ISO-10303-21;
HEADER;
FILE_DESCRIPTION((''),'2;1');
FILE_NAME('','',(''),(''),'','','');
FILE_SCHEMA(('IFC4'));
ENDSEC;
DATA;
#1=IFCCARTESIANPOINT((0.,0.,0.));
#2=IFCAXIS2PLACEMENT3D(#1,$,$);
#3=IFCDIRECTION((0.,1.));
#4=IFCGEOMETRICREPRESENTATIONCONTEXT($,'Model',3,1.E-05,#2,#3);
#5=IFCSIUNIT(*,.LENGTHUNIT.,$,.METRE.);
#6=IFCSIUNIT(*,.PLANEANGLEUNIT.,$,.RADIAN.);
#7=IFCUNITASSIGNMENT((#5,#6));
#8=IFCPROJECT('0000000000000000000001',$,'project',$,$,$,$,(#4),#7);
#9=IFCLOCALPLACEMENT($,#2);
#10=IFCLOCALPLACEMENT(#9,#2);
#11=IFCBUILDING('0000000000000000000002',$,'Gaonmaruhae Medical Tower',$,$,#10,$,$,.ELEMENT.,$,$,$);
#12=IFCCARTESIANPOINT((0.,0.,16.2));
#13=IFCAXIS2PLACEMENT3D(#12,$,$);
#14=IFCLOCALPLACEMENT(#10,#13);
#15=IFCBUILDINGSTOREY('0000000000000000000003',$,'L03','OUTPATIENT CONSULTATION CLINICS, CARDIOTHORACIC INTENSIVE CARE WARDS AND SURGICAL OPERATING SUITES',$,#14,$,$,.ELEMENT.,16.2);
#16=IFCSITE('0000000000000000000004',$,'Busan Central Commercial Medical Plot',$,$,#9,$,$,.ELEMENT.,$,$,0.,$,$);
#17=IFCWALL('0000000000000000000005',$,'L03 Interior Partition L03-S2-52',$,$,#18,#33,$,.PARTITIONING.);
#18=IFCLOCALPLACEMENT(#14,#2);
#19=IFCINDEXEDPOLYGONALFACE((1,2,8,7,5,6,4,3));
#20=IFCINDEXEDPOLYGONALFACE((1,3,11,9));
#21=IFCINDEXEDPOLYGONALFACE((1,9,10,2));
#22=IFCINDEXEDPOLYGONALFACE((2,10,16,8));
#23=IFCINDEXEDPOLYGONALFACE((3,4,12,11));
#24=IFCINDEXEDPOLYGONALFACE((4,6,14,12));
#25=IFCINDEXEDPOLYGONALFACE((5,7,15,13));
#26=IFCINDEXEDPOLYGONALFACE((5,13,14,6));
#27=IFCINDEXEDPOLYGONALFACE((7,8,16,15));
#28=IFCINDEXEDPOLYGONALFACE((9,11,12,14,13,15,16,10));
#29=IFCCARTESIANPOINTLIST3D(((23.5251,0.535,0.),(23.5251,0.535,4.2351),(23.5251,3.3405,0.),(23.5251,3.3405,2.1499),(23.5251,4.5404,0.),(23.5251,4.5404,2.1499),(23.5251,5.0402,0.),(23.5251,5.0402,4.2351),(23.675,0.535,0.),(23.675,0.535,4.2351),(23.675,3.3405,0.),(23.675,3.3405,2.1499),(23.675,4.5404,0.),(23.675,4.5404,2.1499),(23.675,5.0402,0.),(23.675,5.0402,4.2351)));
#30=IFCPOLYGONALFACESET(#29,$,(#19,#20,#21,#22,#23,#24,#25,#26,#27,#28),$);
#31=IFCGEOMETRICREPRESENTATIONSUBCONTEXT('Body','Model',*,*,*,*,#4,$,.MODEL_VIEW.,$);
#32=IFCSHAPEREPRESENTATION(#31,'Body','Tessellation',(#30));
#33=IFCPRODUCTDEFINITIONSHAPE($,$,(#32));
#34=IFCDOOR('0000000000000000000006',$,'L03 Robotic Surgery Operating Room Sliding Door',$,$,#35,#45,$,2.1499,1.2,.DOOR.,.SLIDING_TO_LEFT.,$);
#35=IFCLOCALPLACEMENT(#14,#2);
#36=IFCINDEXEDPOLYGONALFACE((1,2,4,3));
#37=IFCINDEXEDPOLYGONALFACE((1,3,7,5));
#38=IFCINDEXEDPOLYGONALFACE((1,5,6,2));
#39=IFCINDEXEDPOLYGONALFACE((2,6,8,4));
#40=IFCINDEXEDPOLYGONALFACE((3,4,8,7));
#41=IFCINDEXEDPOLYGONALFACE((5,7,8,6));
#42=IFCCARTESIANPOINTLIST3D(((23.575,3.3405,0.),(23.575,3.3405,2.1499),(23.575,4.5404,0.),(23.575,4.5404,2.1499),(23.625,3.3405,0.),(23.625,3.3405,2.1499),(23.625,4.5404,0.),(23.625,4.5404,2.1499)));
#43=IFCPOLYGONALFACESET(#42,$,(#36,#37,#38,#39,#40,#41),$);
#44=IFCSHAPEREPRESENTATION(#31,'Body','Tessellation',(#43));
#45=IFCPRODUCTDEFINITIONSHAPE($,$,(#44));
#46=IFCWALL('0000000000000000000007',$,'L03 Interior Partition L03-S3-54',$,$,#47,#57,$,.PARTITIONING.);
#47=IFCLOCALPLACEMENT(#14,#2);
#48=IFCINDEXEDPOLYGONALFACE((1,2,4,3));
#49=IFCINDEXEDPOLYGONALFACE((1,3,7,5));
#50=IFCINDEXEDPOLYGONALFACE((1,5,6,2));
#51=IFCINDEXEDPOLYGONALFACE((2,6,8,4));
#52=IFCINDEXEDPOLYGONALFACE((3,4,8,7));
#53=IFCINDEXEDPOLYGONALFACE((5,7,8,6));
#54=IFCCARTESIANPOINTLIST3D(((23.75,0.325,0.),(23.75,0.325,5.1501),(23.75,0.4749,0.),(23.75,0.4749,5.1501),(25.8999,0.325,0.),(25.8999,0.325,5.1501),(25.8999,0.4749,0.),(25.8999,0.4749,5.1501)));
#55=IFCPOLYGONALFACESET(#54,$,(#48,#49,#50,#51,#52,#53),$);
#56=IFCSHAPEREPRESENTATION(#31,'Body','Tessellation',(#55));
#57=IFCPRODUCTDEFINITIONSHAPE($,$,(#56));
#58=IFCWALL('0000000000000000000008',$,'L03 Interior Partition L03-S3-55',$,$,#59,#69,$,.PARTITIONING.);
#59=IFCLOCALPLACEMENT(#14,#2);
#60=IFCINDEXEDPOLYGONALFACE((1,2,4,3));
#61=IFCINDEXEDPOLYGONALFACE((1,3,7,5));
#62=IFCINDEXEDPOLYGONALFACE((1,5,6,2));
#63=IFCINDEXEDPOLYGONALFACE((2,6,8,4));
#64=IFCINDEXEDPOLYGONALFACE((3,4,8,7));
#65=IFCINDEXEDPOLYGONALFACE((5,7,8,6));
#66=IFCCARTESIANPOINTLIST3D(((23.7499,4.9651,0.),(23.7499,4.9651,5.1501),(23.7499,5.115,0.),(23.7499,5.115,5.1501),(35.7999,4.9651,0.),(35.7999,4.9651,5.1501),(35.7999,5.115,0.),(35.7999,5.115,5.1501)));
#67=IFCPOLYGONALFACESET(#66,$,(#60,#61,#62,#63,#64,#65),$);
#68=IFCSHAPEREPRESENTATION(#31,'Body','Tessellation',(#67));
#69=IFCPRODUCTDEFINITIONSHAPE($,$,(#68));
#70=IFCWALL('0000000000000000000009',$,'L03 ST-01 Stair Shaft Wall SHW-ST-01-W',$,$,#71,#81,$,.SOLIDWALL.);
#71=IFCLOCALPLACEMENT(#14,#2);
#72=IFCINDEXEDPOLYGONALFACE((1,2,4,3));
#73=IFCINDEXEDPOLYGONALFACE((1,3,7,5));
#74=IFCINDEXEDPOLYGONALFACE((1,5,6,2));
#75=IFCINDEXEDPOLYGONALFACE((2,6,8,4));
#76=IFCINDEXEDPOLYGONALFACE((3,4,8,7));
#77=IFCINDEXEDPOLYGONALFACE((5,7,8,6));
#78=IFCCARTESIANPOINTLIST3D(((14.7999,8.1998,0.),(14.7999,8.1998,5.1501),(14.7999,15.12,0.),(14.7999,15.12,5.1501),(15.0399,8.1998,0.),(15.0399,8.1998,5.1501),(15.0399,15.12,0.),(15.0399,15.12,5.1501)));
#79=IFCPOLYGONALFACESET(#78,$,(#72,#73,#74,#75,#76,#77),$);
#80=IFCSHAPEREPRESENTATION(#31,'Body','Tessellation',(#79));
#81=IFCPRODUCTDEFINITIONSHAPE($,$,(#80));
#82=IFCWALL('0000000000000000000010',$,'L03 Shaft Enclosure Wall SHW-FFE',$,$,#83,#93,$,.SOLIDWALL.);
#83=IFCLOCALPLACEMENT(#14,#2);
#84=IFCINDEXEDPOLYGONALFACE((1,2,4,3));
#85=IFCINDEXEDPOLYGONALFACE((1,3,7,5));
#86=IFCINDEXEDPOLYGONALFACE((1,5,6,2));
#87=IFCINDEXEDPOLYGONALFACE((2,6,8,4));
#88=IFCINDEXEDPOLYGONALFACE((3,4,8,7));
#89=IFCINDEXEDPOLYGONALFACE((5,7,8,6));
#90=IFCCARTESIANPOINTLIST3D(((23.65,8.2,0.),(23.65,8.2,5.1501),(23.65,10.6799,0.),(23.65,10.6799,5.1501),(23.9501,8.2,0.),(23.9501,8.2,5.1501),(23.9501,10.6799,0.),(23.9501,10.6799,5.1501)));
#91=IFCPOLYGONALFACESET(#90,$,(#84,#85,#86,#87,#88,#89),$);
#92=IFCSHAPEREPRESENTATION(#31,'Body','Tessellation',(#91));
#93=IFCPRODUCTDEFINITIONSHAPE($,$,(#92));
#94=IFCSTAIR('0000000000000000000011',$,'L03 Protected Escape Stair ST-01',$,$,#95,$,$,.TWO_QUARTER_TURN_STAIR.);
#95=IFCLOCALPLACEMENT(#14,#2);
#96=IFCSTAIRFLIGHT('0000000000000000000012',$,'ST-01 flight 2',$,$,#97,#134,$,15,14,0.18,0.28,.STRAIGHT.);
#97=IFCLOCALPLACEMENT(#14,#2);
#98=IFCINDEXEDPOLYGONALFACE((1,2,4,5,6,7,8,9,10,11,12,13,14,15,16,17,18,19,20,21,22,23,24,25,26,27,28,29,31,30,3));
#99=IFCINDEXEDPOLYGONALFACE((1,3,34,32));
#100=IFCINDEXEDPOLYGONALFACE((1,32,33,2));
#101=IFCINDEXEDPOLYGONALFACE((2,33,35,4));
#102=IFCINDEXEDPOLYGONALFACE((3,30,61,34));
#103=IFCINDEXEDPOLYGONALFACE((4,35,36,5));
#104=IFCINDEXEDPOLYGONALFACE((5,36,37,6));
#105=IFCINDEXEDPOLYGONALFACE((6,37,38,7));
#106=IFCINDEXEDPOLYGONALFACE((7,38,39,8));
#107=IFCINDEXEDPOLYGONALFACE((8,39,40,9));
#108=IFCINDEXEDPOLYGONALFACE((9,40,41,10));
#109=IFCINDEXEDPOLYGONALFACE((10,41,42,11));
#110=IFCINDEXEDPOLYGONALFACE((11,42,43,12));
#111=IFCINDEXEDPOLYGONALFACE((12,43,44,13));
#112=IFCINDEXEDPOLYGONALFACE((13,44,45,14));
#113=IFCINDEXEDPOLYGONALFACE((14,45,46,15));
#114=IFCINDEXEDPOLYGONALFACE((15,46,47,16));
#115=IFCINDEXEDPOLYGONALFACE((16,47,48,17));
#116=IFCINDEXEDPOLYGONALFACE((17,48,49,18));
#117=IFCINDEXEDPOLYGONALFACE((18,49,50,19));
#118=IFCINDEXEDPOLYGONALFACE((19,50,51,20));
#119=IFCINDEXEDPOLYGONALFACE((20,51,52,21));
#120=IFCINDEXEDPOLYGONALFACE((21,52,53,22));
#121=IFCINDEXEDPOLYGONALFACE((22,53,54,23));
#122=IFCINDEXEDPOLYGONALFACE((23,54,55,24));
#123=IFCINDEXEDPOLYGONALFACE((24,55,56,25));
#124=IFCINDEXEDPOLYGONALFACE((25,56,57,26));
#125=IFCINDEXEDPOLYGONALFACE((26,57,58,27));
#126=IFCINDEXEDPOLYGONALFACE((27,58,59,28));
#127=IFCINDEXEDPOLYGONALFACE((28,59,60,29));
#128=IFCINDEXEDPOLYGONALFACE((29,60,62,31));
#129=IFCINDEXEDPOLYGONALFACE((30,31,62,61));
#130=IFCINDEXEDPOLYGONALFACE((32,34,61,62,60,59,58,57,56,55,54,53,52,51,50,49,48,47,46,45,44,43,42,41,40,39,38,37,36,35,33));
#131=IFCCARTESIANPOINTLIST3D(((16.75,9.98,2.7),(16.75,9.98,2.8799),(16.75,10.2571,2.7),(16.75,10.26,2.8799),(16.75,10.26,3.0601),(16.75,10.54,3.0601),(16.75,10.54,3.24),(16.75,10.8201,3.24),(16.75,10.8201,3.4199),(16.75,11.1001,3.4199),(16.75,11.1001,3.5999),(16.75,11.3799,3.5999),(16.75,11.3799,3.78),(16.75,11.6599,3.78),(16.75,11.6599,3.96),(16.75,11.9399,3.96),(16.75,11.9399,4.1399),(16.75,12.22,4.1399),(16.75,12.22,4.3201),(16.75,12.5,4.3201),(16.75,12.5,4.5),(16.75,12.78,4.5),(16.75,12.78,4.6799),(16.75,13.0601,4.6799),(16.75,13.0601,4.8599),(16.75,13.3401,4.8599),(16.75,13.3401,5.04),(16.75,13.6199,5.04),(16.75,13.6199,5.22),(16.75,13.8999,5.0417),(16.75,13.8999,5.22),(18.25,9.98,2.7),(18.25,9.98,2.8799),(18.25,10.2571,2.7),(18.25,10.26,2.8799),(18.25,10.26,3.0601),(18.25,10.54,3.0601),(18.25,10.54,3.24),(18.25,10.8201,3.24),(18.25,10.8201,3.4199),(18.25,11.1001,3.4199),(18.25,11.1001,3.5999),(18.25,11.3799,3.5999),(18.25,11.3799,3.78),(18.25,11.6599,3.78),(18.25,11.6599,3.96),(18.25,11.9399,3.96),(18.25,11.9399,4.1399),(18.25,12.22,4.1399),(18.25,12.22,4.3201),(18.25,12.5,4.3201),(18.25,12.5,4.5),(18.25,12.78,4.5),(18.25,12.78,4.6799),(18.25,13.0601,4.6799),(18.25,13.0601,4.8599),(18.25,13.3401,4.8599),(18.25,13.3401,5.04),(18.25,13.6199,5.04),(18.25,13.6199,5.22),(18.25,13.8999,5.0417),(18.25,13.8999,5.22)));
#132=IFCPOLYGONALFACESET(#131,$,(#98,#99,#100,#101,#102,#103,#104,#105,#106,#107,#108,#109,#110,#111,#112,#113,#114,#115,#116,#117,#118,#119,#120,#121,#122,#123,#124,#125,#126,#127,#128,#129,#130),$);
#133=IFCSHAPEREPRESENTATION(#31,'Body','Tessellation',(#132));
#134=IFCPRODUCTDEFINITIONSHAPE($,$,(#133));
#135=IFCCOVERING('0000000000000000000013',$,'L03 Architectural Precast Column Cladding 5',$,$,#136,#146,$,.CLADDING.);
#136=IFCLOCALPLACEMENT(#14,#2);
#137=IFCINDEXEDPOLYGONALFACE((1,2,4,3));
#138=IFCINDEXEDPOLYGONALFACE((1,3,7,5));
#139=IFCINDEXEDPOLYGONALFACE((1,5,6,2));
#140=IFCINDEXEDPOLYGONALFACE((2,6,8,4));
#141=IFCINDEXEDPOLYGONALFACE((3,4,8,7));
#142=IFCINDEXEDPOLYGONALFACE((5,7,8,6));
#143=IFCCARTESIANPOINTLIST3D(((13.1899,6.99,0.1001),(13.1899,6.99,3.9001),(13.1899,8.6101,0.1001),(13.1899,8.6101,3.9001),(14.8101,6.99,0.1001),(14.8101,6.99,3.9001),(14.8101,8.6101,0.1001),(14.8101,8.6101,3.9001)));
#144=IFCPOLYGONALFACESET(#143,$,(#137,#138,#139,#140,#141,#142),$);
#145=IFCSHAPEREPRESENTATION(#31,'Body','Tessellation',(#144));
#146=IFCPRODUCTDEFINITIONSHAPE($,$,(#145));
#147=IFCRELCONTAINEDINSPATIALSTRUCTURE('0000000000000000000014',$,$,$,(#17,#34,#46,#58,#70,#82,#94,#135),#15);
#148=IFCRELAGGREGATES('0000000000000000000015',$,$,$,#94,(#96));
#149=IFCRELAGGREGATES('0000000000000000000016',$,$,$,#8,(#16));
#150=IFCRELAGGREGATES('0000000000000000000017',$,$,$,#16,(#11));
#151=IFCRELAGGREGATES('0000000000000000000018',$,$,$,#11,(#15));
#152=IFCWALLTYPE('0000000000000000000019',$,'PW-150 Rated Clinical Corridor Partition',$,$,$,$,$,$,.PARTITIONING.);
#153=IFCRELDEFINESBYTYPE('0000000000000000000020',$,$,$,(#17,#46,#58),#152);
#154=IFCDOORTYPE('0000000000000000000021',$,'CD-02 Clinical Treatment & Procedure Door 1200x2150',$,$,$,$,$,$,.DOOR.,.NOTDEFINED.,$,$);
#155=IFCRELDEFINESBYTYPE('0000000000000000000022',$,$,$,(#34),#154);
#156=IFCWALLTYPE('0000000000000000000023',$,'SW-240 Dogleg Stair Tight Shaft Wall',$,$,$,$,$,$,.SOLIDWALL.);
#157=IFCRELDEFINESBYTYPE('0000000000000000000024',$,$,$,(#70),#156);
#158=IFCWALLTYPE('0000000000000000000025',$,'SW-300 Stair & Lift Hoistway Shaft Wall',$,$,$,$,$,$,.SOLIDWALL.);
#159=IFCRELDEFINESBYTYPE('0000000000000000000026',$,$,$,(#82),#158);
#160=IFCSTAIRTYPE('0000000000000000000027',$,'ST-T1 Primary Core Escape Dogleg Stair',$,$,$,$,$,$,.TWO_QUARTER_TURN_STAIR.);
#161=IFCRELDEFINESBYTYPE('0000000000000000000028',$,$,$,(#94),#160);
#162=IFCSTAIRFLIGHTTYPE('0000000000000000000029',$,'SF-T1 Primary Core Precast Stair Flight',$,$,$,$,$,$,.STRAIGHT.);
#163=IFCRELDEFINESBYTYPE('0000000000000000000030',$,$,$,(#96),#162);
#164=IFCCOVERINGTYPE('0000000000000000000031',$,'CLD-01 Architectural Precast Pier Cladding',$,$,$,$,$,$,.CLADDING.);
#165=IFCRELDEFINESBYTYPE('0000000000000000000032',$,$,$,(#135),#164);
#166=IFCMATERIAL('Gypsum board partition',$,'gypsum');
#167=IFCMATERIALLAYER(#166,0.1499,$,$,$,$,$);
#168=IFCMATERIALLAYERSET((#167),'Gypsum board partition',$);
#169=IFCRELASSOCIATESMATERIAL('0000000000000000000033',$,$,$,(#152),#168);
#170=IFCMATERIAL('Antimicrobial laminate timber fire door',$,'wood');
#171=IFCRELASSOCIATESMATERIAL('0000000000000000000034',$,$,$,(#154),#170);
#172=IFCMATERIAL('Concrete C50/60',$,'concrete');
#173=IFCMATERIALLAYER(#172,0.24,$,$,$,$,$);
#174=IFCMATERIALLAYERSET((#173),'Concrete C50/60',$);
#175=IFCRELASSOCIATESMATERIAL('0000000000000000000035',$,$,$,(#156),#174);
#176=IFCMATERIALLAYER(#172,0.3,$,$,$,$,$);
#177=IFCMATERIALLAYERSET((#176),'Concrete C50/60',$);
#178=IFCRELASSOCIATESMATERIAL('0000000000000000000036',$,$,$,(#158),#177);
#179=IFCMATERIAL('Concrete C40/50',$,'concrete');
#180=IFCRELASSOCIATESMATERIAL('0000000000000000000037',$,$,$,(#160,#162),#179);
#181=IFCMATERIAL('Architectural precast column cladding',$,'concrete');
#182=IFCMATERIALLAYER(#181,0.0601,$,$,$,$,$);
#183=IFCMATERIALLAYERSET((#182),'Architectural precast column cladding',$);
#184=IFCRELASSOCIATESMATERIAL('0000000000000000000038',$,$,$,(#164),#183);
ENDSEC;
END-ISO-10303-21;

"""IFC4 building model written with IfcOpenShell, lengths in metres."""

from ifc_helpers import new_model, si_unit, direction, frame, frame_2d, origin, origin_2d, place, context, subcontext, project, spatial, polyline, rectangle, outline, extrude, material, layer, layer_set, type_object, element, fill, aggregate, save


model = new_model("IFC4")

# Units and contexts
model_context = context("Model", 3, precision=1e-05, world=origin(), true_north=direction((0.0, 1.0)))
body_context = subcontext(model_context, "Body", "Model", "MODEL_VIEW")
ifc_project = project(units=[si_unit("LENGTHUNIT", "METRE"), si_unit("PLANEANGLEUNIT", "RADIAN")], contexts=[model_context])

# Site, building, storey
site_placement = place(None, origin())
site = spatial("IfcSite", under=ifc_project, at=site_placement, Name="Busan Central Commercial Medical Plot", CompositionType="ELEMENT", RefElevation=0.0)
building_placement = place(site_placement, origin())
building = spatial("IfcBuilding", under=site, at=building_placement, Name="Gaonmaruhae Medical Tower", CompositionType="ELEMENT")
storey_placement = place(building_placement, frame((0.0, 0.0, 16.2)))
storey = spatial("IfcBuildingStorey", under=building, at=storey_placement, Name="L03", Description="OUTPATIENT CONSULTATION CLINICS, CARDIOTHORACIC INTENSIVE CARE WARDS AND SURGICAL OPERATING SUITES", CompositionType="ELEMENT", Elevation=16.2)

# Shared definitions
ifc_material_1 = material(Name="Concrete C50/60", Category="concrete")

# Shared definitions
ifc_material_2 = material(Name="Gypsum board partition", Category="gypsum")
ifc_layer_1 = layer(ifc_material_2, 0.1499)
ifc_layer_set_1 = layer_set([ifc_layer_1], Name="Gypsum board partition")
wall_type_1 = type_object("IfcWallType", Name="PW-150 Rated Clinical Corridor Partition", PredefinedType="PARTITIONING", material=ifc_layer_set_1)

# Wall, opening, door
wall_1_placement = place(storey_placement, frame((23.6001, 5.04, 0.0), z_axis=(0.0, 0.0, 1.0), x_axis=(0.0, -1.0, 0.0)))
wall_1 = element("IfcWall", 1, at=wall_1_placement, inside=storey, type_object=wall_type_1, Name="L03 Interior Partition L03-S2-52", PredefinedType="PARTITIONING", context=body_context, shape_type="SweptSolid", body=[
    extrude(rectangle(XDim=4.5051, YDim=0.1499, at=frame_2d((2.2524, 0.0))), origin(), (0.0, 0.0, 1.0), 4.2351),
])
opening_1_placement = place(wall_1_placement, frame((0.4995, 0.0, 0.0)))
opening_1 = element("IfcOpeningElement", 2, at=opening_1_placement, cuts=wall_1, PredefinedType="OPENING", context=body_context, shape_type="SweptSolid", body=[
    extrude(rectangle(XDim=1.2, YDim=2.1499, at=frame_2d((0.6001, 1.075))), frame((0.0, 0.085, 0.0), z_axis=(0.0, -1.0, 0.0), x_axis=(1.0, 0.0, 0.0)), (0.0, 0.0, 1.0), 0.1699),
])
ifc_material_3 = material(Name="Antimicrobial laminate timber fire door", Category="wood")
door_type_1 = type_object("IfcDoorType", Name="CD-02 Clinical Treatment & Procedure Door 1200x2150", OperationType="NOTDEFINED", PredefinedType="DOOR", material=ifc_material_3)
door_1_placement = place(opening_1_placement, origin())
door_1 = element("IfcDoor", 3, at=door_1_placement, inside=storey, type_object=door_type_1, Name="L03 Robotic Surgery Operating Room Sliding Door", OperationType="SLIDING_TO_LEFT", OverallHeight=2.1499, OverallWidth=1.2, PredefinedType="DOOR", context=body_context, shape_type="SweptSolid", body=[
    extrude(rectangle(XDim=1.2, YDim=2.1499, at=frame_2d((0.6001, 1.075))), frame((0.0, 0.0249, 0.0), z_axis=(0.0, -1.0, 0.0), x_axis=(1.0, 0.0, 0.0)), (0.0, 0.0, 1.0), 0.05),
])
fill(opening_1, door_1)

# Walls
wall_2_placement = place(storey_placement, frame((25.8999, 0.3999, 0.0), z_axis=(0.0, 0.0, 1.0), x_axis=(-1.0, 0.0, 0.0)))
element("IfcWall", 4, at=wall_2_placement, inside=storey, type_object=wall_type_1, Name="L03 Interior Partition L03-S3-54", PredefinedType="PARTITIONING", context=body_context, shape_type="SweptSolid", body=[
    extrude(rectangle(XDim=2.1499, YDim=0.1499, at=frame_2d((1.075, 0.0))), origin(), (0.0, 0.0, 1.0), 5.1501),
])
wall_3_placement = place(storey_placement, frame((23.75, 5.04, 0.0), z_axis=(0.0, 0.0, 1.0), x_axis=(1.0, 0.0, 0.0)))
element("IfcWall", 5, at=wall_3_placement, inside=storey, type_object=wall_type_1, Name="L03 Interior Partition L03-S3-55", PredefinedType="PARTITIONING", context=body_context, shape_type="SweptSolid", body=[
    extrude(rectangle(XDim=12.05, YDim=0.1499, at=frame_2d((6.0249, 0.0))), origin(), (0.0, 0.0, 1.0), 5.1501),
])
ifc_layer_2 = layer(ifc_material_1, 0.24)
ifc_layer_set_2 = layer_set([ifc_layer_2], Name="Concrete C50/60")
wall_type_2 = type_object("IfcWallType", Name="SW-240 Dogleg Stair Tight Shaft Wall", PredefinedType="SOLIDWALL", material=ifc_layer_set_2)
wall_4_placement = place(storey_placement, frame((14.9199, 8.2, 0.0), z_axis=(0.0, 0.0, 1.0), x_axis=(0.0, 1.0, 0.0)))
element("IfcWall", 6, at=wall_4_placement, inside=storey, type_object=wall_type_2, Name="L03 ST-01 Stair Shaft Wall SHW-ST-01-W", PredefinedType="SOLIDWALL", context=body_context, shape_type="SweptSolid", body=[
    extrude(rectangle(XDim=6.9202, YDim=0.24, at=frame_2d((3.46, 0.0))), origin(), (0.0, 0.0, 1.0), 5.1501),
])
ifc_layer_3 = layer(ifc_material_1, 0.3)
ifc_layer_set_3 = layer_set([ifc_layer_3], Name="Concrete C50/60")
wall_type_3 = type_object("IfcWallType", Name="SW-300 Stair & Lift Hoistway Shaft Wall", PredefinedType="SOLIDWALL", material=ifc_layer_set_3)
wall_5_placement = place(storey_placement, frame((23.8, 8.2, 0.0), z_axis=(0.0, 0.0, 1.0), x_axis=(0.0, 1.0, 0.0)))
element("IfcWall", 7, at=wall_5_placement, inside=storey, type_object=wall_type_3, Name="L03 Shaft Enclosure Wall SHW-FFE", PredefinedType="SOLIDWALL", context=body_context, shape_type="SweptSolid", body=[
    extrude(rectangle(XDim=2.48, YDim=0.3, at=frame_2d((1.24, 0.0))), origin(), (0.0, 0.0, 1.0), 5.1501),
])

# Stair, stair flight
ifc_material_4 = material(Name="Concrete C40/50", Category="concrete")
stair_type = type_object("IfcStairType", Name="ST-T1 Primary Core Escape Dogleg Stair", PredefinedType="TWO_QUARTER_TURN_STAIR", material=ifc_material_4)
stair_placement = place(storey_placement, origin())
stair = element("IfcStair", 8, at=stair_placement, inside=storey, type_object=stair_type, Name="L03 Protected Escape Stair ST-01", PredefinedType="TWO_QUARTER_TURN_STAIR")
stair_flight_type = type_object("IfcStairFlightType", Name="SF-T1 Primary Core Precast Stair Flight", PredefinedType="STRAIGHT", material=ifc_material_4)
stair_flight_placement = place(storey_placement, frame((17.5, 9.98, 2.7), z_axis=(0.0, 0.0, 1.0), x_axis=(0.0, 1.0, 0.0)))
stair_flight = element("IfcStairFlight", 9, at=stair_flight_placement, type_object=stair_flight_type, Name="ST-01 flight 2", NumberOfRisers=15, NumberOfTreads=14, PredefinedType="STRAIGHT", RiserHeight=0.18, TreadLength=0.28, context=body_context, shape_type="SweptSolid", body=[
    extrude(outline(polyline([(0.0, 0.0), (0.0, 0.1799), (0.28, 0.1799), (0.28, 0.3601), (0.5601, 0.3601), (0.5601, 0.54), (0.8401, 0.54), (0.8401, 0.72), (1.1201, 0.72), (1.1201, 0.8999), (1.3999, 0.8999), (1.3999, 1.0801), (1.6799, 1.0801), (1.6799, 1.26), (1.96, 1.26), (1.96, 1.4399), (2.24, 1.4399), (2.24, 1.6201), (2.52, 1.6201), (2.52, 1.8), (2.8, 1.8), (2.8, 1.98), (3.0801, 1.98), (3.0801, 2.1599), (3.3601, 2.1599), (3.3601, 2.3401), (3.6399, 2.3401), (3.6399, 2.52), (3.9199, 2.52), (3.9199, 2.7), (3.9199, 2.3418), (0.2771, 0.0), (0.0, 0.0)])), frame((0.0, 0.75, 0.0), z_axis=(0.0, -1.0, 0.0), x_axis=(1.0, 0.0, 0.0)), (0.0, 0.0, 1.0), 1.5),
])
aggregate(stair, [stair_flight])

# Covering
ifc_material_5 = material(Name="Architectural precast column cladding", Category="concrete")
ifc_layer_4 = layer(ifc_material_5, 0.0601)
ifc_layer_set_4 = layer_set([ifc_layer_4], Name="Architectural precast column cladding")
covering_type = type_object("IfcCoveringType", Name="CLD-01 Architectural Precast Pier Cladding", PredefinedType="CLADDING", material=ifc_layer_set_4)
covering_placement = place(storey_placement, frame((14.0, 7.8, 0.1001), z_axis=(0.0, 0.0, 1.0), x_axis=(1.0, 0.0, 0.0)))
element("IfcCovering", 10, at=covering_placement, inside=storey, type_object=covering_type, Name="L03 Architectural Precast Column Cladding 5", PredefinedType="CLADDING", context=body_context, shape_type="SweptSolid", body=[
    extrude(rectangle(XDim=1.6201, YDim=1.6201, at=origin_2d()), origin(), (0.0, 0.0, 1.0), 3.8),
])

save(model, "model.ifc")
